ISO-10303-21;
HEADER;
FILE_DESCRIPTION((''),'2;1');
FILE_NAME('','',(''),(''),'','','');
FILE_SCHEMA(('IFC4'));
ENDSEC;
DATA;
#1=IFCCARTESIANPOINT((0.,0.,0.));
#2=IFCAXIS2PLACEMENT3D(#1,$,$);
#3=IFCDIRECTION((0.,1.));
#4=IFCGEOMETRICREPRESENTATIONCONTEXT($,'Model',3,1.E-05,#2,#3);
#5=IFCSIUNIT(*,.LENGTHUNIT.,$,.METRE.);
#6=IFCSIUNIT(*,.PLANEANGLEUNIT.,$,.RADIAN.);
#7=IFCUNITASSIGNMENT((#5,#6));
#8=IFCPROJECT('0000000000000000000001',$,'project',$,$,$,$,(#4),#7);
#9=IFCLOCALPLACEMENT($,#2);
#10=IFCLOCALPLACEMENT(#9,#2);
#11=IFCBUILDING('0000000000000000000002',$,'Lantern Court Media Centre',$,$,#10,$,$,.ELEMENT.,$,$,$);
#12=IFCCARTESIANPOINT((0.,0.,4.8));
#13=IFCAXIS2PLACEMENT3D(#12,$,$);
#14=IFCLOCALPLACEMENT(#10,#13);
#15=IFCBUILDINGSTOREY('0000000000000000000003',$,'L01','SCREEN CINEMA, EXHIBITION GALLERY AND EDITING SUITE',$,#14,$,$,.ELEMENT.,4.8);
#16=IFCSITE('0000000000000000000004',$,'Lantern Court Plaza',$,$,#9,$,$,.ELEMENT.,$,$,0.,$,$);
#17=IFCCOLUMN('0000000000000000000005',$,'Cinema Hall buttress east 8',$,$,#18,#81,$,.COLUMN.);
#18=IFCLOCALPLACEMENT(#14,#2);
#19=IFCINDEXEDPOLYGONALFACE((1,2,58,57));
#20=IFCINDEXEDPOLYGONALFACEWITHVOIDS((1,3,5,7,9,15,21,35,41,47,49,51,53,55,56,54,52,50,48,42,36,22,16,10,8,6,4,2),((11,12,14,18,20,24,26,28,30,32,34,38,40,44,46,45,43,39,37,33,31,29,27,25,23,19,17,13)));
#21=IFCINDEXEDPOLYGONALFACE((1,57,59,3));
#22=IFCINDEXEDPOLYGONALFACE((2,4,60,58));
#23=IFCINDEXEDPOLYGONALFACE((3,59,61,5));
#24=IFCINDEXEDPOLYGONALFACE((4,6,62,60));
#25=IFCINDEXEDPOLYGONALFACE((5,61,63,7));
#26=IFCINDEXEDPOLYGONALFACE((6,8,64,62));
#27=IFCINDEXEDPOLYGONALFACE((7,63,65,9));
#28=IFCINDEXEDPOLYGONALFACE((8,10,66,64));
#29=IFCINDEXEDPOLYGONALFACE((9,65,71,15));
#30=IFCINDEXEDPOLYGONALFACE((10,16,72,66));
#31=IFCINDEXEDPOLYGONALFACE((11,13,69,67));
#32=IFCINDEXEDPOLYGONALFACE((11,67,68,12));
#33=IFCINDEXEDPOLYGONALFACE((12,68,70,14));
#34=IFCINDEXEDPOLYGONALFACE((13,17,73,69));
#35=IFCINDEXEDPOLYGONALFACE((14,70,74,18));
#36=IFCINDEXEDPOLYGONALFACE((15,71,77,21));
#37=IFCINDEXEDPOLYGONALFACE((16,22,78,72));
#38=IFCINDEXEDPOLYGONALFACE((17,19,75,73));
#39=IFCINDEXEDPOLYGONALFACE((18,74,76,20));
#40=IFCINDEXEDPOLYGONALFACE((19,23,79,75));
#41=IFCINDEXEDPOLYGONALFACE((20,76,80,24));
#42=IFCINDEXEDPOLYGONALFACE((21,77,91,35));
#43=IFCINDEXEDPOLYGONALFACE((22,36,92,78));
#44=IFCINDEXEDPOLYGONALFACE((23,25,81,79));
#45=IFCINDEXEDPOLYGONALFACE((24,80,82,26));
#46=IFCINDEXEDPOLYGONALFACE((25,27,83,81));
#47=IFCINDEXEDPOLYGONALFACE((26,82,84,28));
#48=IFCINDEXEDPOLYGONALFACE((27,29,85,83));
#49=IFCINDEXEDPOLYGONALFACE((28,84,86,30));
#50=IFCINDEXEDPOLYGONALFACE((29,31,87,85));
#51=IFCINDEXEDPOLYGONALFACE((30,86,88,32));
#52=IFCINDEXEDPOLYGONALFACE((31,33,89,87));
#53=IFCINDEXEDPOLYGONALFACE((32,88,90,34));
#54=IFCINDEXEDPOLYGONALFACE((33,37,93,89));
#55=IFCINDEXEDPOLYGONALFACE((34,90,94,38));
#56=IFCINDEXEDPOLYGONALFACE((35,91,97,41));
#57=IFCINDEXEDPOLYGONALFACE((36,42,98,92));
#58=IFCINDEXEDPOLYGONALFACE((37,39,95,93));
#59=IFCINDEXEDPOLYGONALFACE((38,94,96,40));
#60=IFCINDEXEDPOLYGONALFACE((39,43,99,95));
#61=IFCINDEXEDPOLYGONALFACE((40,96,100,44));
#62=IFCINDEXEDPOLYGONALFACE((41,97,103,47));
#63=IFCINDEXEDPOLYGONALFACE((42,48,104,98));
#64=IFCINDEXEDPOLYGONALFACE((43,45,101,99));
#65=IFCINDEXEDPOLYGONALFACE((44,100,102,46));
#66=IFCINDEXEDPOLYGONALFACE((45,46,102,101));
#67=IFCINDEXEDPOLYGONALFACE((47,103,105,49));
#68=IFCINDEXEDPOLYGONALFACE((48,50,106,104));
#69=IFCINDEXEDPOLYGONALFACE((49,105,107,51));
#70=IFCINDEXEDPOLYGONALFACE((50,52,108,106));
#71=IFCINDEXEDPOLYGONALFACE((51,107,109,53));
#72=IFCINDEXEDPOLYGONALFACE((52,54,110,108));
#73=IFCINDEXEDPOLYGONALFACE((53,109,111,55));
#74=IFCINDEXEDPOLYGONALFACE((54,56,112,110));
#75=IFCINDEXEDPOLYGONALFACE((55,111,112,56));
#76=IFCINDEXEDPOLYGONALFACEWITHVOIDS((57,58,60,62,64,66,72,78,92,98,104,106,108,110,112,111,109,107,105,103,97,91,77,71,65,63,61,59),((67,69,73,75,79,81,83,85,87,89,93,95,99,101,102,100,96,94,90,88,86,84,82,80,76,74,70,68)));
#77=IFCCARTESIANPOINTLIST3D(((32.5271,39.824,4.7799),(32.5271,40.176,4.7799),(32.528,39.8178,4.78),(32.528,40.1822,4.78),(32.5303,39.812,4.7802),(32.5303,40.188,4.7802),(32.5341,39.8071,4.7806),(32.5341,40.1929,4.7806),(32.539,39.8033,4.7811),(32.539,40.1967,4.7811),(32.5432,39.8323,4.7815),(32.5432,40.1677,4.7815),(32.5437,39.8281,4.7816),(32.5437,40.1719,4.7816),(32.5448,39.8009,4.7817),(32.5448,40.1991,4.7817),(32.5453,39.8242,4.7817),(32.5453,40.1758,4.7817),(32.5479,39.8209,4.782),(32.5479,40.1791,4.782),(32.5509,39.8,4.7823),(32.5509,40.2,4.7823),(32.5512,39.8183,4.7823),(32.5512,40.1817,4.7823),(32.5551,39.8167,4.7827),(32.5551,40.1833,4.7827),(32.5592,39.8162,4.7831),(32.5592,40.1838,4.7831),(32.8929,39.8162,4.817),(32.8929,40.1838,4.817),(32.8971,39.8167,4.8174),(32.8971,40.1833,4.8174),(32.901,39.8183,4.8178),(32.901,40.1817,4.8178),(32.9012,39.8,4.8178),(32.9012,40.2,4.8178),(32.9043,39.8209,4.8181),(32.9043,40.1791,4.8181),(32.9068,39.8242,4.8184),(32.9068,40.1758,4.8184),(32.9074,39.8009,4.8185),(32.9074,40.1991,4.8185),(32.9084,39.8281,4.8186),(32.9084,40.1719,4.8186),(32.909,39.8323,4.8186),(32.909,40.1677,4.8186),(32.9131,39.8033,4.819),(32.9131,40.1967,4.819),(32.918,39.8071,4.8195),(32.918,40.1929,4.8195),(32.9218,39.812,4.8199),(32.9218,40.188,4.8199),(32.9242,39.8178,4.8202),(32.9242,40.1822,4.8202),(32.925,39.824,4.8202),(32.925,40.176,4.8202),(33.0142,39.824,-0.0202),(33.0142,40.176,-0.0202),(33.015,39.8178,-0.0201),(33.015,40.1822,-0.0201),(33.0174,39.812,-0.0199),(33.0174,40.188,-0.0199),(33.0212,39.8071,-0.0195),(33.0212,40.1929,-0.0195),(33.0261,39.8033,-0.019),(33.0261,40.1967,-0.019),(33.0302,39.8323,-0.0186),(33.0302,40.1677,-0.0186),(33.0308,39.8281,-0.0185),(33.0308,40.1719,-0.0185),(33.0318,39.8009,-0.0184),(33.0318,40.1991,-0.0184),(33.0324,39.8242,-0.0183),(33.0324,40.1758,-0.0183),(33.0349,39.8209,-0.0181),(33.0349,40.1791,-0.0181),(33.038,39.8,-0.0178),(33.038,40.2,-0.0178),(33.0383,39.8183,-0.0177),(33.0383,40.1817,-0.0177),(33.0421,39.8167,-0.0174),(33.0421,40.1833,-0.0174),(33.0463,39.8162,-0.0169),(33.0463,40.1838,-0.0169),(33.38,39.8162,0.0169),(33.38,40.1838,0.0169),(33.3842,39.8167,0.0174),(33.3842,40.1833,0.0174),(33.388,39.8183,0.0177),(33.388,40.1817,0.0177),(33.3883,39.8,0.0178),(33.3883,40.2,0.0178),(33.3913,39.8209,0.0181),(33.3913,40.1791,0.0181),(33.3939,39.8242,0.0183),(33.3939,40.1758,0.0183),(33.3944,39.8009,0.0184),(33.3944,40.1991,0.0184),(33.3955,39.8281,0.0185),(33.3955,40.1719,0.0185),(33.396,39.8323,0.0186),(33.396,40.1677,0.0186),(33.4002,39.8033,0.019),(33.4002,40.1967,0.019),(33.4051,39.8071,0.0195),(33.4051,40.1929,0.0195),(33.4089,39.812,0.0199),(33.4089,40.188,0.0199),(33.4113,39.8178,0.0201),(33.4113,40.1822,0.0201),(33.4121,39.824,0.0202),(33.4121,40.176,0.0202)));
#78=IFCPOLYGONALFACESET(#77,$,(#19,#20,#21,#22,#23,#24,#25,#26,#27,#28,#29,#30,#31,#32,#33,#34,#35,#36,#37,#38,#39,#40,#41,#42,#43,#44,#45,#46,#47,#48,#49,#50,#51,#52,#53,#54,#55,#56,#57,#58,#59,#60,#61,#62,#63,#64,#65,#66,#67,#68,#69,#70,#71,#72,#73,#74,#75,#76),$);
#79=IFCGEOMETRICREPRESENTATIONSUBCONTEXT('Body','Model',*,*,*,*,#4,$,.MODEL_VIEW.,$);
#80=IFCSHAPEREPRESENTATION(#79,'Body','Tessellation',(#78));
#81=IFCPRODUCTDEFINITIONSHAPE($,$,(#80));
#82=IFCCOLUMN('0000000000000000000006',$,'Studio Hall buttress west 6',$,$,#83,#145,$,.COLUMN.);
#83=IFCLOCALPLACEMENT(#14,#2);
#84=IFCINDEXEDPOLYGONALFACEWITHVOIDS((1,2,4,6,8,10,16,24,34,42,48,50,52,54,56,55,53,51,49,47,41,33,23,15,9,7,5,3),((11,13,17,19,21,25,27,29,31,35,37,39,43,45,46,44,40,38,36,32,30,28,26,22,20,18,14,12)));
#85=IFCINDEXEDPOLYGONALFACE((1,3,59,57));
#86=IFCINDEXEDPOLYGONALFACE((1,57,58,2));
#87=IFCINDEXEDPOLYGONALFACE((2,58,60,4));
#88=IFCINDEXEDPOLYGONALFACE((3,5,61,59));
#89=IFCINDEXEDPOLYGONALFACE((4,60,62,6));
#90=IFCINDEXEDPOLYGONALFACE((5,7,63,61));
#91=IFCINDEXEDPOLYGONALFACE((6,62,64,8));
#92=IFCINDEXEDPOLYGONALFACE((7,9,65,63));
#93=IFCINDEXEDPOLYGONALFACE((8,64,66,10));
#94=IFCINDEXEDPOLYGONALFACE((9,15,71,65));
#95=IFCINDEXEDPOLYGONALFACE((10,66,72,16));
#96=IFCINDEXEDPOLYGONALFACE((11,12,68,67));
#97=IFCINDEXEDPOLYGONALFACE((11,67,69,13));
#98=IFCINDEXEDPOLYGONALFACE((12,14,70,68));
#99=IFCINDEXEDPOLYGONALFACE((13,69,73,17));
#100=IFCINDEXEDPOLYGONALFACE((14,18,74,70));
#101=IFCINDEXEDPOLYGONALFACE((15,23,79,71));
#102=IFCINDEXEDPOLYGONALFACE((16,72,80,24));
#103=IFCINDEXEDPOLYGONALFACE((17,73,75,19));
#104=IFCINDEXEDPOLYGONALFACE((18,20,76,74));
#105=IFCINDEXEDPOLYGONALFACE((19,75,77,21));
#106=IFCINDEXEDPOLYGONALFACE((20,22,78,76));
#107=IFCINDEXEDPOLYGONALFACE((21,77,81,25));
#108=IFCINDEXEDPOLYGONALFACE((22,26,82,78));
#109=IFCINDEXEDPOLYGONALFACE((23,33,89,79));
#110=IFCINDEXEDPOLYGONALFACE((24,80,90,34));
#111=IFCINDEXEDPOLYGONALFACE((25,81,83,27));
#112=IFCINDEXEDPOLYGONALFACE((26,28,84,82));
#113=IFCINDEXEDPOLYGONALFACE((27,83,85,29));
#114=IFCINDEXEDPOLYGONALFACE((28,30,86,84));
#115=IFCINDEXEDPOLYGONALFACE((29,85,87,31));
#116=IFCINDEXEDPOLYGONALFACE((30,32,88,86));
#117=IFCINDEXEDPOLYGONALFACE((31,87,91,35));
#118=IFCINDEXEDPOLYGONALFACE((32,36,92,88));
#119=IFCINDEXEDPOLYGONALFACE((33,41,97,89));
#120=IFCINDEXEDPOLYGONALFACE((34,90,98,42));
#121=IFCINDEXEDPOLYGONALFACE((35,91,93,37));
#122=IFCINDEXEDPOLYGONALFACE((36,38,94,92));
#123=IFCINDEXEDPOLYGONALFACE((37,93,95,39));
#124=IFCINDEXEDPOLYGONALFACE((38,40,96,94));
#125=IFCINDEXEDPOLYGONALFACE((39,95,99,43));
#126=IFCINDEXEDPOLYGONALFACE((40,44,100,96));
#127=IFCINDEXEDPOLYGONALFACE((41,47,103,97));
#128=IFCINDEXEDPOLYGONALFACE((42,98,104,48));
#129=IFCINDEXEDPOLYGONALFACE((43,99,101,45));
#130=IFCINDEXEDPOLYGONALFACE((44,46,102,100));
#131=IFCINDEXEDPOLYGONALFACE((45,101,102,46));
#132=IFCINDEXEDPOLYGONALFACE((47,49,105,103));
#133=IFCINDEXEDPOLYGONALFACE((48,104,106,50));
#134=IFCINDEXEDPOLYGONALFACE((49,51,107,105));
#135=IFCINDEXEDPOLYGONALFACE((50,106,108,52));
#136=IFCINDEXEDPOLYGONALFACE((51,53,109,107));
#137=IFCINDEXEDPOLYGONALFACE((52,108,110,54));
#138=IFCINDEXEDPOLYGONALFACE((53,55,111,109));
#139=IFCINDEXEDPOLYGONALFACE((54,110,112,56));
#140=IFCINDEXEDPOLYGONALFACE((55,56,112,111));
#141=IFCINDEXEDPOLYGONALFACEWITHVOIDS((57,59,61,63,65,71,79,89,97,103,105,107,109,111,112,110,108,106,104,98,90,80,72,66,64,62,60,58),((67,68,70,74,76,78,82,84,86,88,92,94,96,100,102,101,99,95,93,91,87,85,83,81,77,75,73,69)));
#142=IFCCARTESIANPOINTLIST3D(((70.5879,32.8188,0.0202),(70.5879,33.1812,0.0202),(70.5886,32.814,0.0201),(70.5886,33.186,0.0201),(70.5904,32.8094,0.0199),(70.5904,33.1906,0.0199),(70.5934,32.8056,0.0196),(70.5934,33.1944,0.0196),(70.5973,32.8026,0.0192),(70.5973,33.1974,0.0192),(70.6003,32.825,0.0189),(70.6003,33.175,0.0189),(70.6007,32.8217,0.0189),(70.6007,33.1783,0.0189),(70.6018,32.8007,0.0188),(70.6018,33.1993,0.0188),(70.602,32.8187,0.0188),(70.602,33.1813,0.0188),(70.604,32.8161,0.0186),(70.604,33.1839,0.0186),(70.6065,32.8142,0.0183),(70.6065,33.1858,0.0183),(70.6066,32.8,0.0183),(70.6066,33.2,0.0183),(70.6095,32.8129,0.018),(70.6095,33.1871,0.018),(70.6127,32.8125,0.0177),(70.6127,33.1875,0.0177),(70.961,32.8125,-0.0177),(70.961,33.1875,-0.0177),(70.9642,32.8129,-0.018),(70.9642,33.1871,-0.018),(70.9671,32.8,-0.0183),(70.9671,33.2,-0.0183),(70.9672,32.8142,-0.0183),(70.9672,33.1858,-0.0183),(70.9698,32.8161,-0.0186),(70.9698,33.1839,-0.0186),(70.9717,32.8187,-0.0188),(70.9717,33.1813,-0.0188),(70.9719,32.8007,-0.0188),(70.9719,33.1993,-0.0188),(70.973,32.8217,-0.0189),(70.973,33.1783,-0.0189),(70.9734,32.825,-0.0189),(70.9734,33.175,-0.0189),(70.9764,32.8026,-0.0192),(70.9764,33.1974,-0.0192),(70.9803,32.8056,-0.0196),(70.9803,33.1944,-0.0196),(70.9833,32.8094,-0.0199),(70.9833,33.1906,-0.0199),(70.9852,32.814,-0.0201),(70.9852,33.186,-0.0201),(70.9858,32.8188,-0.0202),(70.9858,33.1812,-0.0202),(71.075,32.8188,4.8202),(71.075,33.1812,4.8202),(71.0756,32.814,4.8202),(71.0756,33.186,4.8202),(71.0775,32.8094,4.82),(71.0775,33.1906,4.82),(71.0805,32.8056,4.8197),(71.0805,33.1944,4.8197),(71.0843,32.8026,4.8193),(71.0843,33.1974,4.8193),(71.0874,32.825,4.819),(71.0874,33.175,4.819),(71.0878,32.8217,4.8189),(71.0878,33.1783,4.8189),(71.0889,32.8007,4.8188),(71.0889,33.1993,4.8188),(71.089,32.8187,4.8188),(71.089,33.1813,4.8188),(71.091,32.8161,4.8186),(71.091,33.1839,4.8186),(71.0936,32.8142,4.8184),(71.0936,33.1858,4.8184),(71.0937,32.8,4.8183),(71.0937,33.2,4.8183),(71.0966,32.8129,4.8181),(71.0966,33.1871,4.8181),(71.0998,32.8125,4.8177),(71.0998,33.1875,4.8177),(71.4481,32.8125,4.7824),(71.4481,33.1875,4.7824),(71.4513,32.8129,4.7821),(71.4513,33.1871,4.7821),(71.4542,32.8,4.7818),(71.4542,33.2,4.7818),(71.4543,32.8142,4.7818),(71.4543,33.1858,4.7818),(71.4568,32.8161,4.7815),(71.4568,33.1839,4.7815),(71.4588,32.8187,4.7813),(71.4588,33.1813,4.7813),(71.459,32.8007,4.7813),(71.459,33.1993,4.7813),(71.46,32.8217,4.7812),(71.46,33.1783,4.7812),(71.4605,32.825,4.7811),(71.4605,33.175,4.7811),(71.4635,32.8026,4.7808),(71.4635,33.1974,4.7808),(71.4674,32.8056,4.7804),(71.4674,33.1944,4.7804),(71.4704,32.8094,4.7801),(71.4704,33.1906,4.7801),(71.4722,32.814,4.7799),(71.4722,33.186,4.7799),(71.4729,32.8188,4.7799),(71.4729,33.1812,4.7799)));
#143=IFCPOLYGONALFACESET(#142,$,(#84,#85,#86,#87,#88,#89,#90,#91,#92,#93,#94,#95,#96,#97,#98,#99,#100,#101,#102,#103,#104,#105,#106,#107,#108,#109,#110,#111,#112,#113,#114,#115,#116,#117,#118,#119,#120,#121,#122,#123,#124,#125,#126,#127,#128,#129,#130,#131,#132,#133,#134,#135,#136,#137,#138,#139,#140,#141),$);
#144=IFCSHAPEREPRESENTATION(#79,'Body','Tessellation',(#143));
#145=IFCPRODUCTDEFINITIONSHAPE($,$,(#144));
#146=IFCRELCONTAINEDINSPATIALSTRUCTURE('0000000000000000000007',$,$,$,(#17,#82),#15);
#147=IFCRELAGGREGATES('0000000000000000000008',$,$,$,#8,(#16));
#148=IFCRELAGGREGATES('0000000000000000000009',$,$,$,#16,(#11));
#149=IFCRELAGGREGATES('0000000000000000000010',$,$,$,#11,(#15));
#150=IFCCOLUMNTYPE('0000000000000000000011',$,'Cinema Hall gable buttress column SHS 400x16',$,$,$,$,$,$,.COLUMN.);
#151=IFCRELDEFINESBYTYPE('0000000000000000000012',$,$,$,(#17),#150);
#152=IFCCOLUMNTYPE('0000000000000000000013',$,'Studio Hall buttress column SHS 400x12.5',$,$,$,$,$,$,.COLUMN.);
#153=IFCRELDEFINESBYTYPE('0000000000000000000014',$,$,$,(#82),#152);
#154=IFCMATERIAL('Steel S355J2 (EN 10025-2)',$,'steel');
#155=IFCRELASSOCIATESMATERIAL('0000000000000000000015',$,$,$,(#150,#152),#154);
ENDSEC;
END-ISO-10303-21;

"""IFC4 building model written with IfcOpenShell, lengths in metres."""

from ifc_helpers import new_model, si_unit, direction, frame, origin, origin_2d, place, context, subcontext, project, spatial, hollow_rectangle, extrude, material, material_profile, profile_set, type_object, element, save


model = new_model("IFC4")

# Units and contexts
model_context = context("Model", 3, precision=1e-05, world=origin(), true_north=direction((0.0, 1.0)))
body_context = subcontext(model_context, "Body", "Model", "MODEL_VIEW")
ifc_project = project(units=[si_unit("LENGTHUNIT", "METRE"), si_unit("PLANEANGLEUNIT", "RADIAN")], contexts=[model_context])

# Site, building, storey
site_placement = place(None, origin())
site = spatial("IfcSite", under=ifc_project, at=site_placement, Name="Lantern Court Plaza", CompositionType="ELEMENT", RefElevation=0.0)
building_placement = place(site_placement, origin())
building = spatial("IfcBuilding", under=site, at=building_placement, Name="Lantern Court Media Centre", CompositionType="ELEMENT")
storey_placement = place(building_placement, frame((0.0, 0.0, 4.8)))
storey = spatial("IfcBuildingStorey", under=building, at=storey_placement, Name="L01", Description="SCREEN CINEMA, EXHIBITION GALLERY AND EDITING SUITE", CompositionType="ELEMENT", Elevation=4.8)

# Columns
ifc_material_1 = material(Name="Steel S355J2 (EN 10025-2)", Category="steel")
ifc_material_profile_1 = material_profile(ifc_material_1, hollow_rectangle(XDim=0.3999, YDim=0.3999, WallThickness=0.0161, InnerFilletRadius=0.0161, OuterFilletRadius=0.0239, at=origin_2d()), Name="Cinema Hall gable buttress column SHS 400x16")
ifc_profile_set_1 = profile_set([ifc_material_profile_1], Name="Steel S355J2 (EN 10025-2)")
column_type_1 = type_object("IfcColumnType", Name="Cinema Hall gable buttress column SHS 400x16", PredefinedType="COLUMN", material=ifc_profile_set_1)
column_1_placement = place(storey_placement, frame((33.2131, 40.0, 0.0), z_axis=(-0.100952, 0.0, 0.994891), x_axis=(0.0, -1.0, 0.0)))
element("IfcColumn", 1, at=column_1_placement, inside=storey, type_object=column_type_1, Name="Cinema Hall buttress east 8", PredefinedType="COLUMN", context=body_context, shape_type="SweptSolid", body=[
    extrude(hollow_rectangle(XDim=0.3999, YDim=0.3999, WallThickness=0.0161, InnerFilletRadius=0.0161, OuterFilletRadius=0.0239, at=origin_2d()), origin(), (0.0, 0.0, 1.0), 4.8247),
])
ifc_material_profile_2 = material_profile(ifc_material_1, hollow_rectangle(XDim=0.3999, YDim=0.3999, WallThickness=0.0125, InnerFilletRadius=0.0125, OuterFilletRadius=0.0188, at=origin_2d()), Name="Studio Hall buttress column SHS 400x12.5")
ifc_profile_set_2 = profile_set([ifc_material_profile_2], Name="Steel S355J2 (EN 10025-2)")
column_type_2 = type_object("IfcColumnType", Name="Studio Hall buttress column SHS 400x12.5", PredefinedType="COLUMN", material=ifc_profile_set_2)
column_2_placement = place(storey_placement, frame((70.7869, 33.0, 0.0), z_axis=(0.100952, 0.0, 0.994891), x_axis=(0.0, 1.0, 0.0)))
element("IfcColumn", 2, at=column_2_placement, inside=storey, type_object=column_type_2, Name="Studio Hall buttress west 6", PredefinedType="COLUMN", context=body_context, shape_type="SweptSolid", body=[
    extrude(hollow_rectangle(XDim=0.3999, YDim=0.3999, WallThickness=0.0125, InnerFilletRadius=0.0125, OuterFilletRadius=0.0188, at=origin_2d()), origin(), (0.0, 0.0, 1.0), 4.8247),
])

save(model, "model.ifc")
